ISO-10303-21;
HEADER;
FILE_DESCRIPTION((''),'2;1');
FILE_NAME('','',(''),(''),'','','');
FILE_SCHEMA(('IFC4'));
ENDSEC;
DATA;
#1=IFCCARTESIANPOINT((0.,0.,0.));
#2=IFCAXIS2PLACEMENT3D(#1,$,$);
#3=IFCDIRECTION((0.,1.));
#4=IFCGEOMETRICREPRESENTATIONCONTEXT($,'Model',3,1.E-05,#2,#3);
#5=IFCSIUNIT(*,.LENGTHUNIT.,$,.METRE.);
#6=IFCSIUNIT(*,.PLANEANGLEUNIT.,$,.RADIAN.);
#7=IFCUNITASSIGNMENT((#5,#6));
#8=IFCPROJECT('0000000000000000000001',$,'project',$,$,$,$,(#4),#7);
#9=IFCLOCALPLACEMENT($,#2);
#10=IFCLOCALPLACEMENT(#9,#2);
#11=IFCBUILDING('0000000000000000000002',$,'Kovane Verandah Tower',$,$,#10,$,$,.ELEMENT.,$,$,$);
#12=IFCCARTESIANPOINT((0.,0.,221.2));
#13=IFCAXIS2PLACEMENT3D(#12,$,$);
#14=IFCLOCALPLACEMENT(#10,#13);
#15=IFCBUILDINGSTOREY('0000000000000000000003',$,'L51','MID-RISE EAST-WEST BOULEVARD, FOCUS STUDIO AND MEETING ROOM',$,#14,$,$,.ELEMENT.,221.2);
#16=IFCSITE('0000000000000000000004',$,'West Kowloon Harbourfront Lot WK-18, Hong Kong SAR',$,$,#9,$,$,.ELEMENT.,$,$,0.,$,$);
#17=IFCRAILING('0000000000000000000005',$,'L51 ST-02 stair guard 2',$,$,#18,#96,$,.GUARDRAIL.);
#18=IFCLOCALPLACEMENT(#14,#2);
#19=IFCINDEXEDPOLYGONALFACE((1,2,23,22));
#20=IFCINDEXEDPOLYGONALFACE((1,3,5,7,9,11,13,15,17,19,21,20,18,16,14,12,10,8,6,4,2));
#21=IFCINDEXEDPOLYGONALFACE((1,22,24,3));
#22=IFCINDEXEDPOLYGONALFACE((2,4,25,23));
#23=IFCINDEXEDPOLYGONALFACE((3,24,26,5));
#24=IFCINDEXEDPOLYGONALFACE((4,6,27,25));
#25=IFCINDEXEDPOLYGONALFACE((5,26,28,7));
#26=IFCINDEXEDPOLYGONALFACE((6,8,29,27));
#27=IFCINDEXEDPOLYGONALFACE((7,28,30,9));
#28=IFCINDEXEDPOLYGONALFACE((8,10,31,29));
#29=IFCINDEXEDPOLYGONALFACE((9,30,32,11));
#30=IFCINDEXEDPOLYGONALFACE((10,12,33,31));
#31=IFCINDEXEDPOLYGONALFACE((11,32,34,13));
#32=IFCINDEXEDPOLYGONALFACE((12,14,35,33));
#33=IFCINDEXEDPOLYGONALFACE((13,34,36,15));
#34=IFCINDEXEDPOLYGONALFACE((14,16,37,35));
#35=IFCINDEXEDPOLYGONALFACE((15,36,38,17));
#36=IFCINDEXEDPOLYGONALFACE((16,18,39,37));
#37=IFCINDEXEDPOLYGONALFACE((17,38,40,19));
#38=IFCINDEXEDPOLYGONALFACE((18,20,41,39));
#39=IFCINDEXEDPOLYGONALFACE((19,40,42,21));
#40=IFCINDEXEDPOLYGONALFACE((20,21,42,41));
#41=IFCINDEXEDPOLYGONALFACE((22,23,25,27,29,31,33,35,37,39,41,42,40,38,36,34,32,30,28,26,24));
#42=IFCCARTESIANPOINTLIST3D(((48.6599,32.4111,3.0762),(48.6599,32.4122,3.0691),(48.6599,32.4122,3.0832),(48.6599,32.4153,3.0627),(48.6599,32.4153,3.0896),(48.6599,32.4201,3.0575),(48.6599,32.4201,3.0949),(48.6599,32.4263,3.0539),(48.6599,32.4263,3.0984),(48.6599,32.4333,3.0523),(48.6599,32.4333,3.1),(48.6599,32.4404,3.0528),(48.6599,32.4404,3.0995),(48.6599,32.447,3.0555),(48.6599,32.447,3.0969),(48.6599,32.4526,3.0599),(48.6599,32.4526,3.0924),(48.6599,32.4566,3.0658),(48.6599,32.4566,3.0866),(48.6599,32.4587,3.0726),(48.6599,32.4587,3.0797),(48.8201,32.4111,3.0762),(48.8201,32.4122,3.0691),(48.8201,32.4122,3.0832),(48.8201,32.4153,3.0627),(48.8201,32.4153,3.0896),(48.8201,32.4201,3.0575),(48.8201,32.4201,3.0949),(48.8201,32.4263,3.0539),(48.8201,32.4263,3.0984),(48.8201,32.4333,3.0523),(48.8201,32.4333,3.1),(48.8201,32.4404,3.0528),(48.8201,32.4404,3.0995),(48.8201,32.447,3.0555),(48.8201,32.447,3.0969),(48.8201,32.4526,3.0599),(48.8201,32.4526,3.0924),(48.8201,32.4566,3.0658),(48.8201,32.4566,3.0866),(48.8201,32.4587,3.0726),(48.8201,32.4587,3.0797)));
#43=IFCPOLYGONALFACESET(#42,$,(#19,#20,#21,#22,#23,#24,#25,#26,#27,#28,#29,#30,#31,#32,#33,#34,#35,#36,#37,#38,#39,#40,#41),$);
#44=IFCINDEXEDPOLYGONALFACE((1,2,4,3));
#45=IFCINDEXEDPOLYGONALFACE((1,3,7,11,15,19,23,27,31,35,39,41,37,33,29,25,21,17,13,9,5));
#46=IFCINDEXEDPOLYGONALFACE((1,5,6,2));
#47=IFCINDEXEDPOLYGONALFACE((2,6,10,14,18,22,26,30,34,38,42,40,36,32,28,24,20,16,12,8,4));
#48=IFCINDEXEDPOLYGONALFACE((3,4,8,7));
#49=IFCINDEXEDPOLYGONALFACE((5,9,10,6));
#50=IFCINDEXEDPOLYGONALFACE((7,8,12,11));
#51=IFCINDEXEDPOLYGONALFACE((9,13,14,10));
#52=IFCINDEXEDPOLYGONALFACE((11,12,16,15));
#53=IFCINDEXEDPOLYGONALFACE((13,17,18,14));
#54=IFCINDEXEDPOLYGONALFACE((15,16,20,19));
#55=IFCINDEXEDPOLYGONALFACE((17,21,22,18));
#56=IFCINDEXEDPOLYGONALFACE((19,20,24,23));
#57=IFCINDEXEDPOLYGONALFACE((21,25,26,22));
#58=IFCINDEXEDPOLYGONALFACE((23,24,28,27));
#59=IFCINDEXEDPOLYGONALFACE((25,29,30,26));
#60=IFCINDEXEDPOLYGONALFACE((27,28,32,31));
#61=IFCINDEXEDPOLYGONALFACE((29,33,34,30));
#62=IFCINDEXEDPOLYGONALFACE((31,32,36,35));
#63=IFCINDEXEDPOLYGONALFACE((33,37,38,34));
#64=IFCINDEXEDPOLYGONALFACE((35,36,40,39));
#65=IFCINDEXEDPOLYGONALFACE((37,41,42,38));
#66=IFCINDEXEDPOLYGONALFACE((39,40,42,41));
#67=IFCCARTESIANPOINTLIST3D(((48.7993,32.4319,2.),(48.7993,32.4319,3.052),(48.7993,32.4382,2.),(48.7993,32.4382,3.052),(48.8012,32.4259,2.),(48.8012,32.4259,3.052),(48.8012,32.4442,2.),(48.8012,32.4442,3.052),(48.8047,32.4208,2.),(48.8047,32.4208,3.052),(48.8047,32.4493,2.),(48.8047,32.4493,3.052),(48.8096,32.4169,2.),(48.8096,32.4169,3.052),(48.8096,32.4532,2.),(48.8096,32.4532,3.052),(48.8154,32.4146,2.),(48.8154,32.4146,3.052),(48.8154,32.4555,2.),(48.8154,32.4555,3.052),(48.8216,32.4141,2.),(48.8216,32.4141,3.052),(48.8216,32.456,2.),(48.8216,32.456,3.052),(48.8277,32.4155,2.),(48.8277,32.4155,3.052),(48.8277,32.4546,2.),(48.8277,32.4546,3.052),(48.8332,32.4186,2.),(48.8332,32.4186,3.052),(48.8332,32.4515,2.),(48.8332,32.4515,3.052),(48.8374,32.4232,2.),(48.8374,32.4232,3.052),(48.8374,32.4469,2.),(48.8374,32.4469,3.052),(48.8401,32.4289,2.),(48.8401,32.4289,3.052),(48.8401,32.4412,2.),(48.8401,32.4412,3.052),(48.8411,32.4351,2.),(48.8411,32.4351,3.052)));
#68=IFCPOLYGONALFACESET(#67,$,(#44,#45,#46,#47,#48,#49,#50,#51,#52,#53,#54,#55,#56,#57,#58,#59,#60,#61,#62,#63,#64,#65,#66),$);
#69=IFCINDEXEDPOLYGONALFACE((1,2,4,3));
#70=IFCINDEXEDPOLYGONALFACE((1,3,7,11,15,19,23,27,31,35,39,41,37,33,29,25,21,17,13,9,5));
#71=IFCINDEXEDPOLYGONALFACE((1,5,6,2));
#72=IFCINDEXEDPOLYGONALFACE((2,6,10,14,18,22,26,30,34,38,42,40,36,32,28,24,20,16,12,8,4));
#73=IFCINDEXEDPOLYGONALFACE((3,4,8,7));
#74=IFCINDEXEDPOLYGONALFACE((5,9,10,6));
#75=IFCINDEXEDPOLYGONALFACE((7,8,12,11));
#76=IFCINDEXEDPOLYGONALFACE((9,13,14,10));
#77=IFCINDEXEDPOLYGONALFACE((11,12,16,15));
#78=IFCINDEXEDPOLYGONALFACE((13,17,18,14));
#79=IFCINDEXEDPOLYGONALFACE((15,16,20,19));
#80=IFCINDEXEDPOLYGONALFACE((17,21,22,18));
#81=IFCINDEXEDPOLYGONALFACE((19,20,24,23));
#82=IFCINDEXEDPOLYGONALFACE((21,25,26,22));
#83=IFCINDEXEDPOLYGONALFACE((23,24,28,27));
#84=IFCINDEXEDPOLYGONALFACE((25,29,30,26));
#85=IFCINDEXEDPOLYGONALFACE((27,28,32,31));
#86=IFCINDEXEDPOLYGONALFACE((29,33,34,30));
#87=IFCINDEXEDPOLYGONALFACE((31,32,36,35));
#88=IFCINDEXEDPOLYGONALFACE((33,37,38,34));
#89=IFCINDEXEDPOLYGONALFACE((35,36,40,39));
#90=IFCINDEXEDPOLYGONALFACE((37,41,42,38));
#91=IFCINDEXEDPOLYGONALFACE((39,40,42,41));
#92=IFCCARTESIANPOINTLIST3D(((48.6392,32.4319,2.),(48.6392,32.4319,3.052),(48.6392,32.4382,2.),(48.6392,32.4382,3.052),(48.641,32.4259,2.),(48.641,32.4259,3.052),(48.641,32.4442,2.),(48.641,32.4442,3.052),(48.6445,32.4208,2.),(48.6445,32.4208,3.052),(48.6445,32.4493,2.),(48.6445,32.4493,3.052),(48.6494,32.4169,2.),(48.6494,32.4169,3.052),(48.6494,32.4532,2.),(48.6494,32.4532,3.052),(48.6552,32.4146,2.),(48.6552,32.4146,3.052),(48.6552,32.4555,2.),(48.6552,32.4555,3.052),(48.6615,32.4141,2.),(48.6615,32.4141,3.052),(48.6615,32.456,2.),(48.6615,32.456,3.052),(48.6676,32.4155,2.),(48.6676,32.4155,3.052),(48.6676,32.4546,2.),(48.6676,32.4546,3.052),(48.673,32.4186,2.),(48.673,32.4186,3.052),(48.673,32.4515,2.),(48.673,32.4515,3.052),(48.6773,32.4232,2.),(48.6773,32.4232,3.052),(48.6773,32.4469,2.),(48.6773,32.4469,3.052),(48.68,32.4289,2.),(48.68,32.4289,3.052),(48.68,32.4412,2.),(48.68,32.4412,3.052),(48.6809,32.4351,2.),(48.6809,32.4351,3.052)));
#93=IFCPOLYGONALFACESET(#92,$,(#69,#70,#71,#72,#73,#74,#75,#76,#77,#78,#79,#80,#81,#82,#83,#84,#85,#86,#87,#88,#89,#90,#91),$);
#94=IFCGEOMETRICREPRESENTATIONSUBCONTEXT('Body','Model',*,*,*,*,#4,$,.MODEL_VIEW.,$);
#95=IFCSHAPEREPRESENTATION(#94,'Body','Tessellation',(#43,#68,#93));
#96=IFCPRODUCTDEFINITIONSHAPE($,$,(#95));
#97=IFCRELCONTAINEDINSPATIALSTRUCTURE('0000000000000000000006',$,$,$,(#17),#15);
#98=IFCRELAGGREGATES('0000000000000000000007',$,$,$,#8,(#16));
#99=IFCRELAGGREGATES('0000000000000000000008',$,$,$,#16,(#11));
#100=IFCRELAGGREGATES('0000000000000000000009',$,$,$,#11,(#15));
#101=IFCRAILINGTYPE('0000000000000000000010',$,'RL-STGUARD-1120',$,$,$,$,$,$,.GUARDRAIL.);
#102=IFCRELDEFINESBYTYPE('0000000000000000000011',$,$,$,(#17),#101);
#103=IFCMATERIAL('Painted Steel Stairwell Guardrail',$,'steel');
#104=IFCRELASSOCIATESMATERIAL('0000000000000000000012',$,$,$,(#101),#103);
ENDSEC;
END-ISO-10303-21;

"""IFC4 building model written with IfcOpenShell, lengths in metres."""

from ifc_helpers import new_model, si_unit, direction, frame, origin, origin_2d, place, context, subcontext, project, spatial, circle, extrude, material, type_object, element, save


model = new_model("IFC4")

# Units and contexts
model_context = context("Model", 3, precision=1e-05, world=origin(), true_north=direction((0.0, 1.0)))
body_context = subcontext(model_context, "Body", "Model", "MODEL_VIEW")
ifc_project = project(units=[si_unit("LENGTHUNIT", "METRE"), si_unit("PLANEANGLEUNIT", "RADIAN")], contexts=[model_context])

# Site, building, storey
site_placement = place(None, origin())
site = spatial("IfcSite", under=ifc_project, at=site_placement, Name="West Kowloon Harbourfront Lot WK-18, Hong Kong SAR", CompositionType="ELEMENT", RefElevation=0.0)
building_placement = place(site_placement, origin())
building = spatial("IfcBuilding", under=site, at=building_placement, Name="Kovane Verandah Tower", CompositionType="ELEMENT")
storey_placement = place(building_placement, frame((0.0, 0.0, 221.2)))
storey = spatial("IfcBuildingStorey", under=building, at=storey_placement, Name="L51", Description="MID-RISE EAST-WEST BOULEVARD, FOCUS STUDIO AND MEETING ROOM", CompositionType="ELEMENT", Elevation=221.2)

# Railing
ifc_material_1 = material(Name="Painted Steel Stairwell Guardrail", Category="steel")
railing_type_1 = type_object("IfcRailingType", Name="RL-STGUARD-1120", PredefinedType="GUARDRAIL", material=ifc_material_1)
railing_1_placement = place(storey_placement, frame((48.8201, 32.4351, 2.0)))
element("IfcRailing", 1, at=railing_1_placement, inside=storey, type_object=railing_type_1, Name="L51 ST-02 stair guard 2", PredefinedType="GUARDRAIL", context=body_context, shape_type="SweptSolid", body=[
    extrude(circle(Radius=0.0239, at=origin_2d()), frame((0.0, 0.0, 1.0762), z_axis=(-1.0, 0.0, 0.0), x_axis=(0.0, -1.0, 0.0)), (0.0, 0.0, 1.0), 0.1602),
    extrude(circle(Radius=0.021, at=origin_2d()), origin(), (0.0, 0.0, 1.0), 1.052),
    extrude(circle(Radius=0.021, at=origin_2d()), frame((-0.1602, 0.0, 0.0)), (0.0, 0.0, 1.0), 1.052),
])

save(model, "model.ifc")
